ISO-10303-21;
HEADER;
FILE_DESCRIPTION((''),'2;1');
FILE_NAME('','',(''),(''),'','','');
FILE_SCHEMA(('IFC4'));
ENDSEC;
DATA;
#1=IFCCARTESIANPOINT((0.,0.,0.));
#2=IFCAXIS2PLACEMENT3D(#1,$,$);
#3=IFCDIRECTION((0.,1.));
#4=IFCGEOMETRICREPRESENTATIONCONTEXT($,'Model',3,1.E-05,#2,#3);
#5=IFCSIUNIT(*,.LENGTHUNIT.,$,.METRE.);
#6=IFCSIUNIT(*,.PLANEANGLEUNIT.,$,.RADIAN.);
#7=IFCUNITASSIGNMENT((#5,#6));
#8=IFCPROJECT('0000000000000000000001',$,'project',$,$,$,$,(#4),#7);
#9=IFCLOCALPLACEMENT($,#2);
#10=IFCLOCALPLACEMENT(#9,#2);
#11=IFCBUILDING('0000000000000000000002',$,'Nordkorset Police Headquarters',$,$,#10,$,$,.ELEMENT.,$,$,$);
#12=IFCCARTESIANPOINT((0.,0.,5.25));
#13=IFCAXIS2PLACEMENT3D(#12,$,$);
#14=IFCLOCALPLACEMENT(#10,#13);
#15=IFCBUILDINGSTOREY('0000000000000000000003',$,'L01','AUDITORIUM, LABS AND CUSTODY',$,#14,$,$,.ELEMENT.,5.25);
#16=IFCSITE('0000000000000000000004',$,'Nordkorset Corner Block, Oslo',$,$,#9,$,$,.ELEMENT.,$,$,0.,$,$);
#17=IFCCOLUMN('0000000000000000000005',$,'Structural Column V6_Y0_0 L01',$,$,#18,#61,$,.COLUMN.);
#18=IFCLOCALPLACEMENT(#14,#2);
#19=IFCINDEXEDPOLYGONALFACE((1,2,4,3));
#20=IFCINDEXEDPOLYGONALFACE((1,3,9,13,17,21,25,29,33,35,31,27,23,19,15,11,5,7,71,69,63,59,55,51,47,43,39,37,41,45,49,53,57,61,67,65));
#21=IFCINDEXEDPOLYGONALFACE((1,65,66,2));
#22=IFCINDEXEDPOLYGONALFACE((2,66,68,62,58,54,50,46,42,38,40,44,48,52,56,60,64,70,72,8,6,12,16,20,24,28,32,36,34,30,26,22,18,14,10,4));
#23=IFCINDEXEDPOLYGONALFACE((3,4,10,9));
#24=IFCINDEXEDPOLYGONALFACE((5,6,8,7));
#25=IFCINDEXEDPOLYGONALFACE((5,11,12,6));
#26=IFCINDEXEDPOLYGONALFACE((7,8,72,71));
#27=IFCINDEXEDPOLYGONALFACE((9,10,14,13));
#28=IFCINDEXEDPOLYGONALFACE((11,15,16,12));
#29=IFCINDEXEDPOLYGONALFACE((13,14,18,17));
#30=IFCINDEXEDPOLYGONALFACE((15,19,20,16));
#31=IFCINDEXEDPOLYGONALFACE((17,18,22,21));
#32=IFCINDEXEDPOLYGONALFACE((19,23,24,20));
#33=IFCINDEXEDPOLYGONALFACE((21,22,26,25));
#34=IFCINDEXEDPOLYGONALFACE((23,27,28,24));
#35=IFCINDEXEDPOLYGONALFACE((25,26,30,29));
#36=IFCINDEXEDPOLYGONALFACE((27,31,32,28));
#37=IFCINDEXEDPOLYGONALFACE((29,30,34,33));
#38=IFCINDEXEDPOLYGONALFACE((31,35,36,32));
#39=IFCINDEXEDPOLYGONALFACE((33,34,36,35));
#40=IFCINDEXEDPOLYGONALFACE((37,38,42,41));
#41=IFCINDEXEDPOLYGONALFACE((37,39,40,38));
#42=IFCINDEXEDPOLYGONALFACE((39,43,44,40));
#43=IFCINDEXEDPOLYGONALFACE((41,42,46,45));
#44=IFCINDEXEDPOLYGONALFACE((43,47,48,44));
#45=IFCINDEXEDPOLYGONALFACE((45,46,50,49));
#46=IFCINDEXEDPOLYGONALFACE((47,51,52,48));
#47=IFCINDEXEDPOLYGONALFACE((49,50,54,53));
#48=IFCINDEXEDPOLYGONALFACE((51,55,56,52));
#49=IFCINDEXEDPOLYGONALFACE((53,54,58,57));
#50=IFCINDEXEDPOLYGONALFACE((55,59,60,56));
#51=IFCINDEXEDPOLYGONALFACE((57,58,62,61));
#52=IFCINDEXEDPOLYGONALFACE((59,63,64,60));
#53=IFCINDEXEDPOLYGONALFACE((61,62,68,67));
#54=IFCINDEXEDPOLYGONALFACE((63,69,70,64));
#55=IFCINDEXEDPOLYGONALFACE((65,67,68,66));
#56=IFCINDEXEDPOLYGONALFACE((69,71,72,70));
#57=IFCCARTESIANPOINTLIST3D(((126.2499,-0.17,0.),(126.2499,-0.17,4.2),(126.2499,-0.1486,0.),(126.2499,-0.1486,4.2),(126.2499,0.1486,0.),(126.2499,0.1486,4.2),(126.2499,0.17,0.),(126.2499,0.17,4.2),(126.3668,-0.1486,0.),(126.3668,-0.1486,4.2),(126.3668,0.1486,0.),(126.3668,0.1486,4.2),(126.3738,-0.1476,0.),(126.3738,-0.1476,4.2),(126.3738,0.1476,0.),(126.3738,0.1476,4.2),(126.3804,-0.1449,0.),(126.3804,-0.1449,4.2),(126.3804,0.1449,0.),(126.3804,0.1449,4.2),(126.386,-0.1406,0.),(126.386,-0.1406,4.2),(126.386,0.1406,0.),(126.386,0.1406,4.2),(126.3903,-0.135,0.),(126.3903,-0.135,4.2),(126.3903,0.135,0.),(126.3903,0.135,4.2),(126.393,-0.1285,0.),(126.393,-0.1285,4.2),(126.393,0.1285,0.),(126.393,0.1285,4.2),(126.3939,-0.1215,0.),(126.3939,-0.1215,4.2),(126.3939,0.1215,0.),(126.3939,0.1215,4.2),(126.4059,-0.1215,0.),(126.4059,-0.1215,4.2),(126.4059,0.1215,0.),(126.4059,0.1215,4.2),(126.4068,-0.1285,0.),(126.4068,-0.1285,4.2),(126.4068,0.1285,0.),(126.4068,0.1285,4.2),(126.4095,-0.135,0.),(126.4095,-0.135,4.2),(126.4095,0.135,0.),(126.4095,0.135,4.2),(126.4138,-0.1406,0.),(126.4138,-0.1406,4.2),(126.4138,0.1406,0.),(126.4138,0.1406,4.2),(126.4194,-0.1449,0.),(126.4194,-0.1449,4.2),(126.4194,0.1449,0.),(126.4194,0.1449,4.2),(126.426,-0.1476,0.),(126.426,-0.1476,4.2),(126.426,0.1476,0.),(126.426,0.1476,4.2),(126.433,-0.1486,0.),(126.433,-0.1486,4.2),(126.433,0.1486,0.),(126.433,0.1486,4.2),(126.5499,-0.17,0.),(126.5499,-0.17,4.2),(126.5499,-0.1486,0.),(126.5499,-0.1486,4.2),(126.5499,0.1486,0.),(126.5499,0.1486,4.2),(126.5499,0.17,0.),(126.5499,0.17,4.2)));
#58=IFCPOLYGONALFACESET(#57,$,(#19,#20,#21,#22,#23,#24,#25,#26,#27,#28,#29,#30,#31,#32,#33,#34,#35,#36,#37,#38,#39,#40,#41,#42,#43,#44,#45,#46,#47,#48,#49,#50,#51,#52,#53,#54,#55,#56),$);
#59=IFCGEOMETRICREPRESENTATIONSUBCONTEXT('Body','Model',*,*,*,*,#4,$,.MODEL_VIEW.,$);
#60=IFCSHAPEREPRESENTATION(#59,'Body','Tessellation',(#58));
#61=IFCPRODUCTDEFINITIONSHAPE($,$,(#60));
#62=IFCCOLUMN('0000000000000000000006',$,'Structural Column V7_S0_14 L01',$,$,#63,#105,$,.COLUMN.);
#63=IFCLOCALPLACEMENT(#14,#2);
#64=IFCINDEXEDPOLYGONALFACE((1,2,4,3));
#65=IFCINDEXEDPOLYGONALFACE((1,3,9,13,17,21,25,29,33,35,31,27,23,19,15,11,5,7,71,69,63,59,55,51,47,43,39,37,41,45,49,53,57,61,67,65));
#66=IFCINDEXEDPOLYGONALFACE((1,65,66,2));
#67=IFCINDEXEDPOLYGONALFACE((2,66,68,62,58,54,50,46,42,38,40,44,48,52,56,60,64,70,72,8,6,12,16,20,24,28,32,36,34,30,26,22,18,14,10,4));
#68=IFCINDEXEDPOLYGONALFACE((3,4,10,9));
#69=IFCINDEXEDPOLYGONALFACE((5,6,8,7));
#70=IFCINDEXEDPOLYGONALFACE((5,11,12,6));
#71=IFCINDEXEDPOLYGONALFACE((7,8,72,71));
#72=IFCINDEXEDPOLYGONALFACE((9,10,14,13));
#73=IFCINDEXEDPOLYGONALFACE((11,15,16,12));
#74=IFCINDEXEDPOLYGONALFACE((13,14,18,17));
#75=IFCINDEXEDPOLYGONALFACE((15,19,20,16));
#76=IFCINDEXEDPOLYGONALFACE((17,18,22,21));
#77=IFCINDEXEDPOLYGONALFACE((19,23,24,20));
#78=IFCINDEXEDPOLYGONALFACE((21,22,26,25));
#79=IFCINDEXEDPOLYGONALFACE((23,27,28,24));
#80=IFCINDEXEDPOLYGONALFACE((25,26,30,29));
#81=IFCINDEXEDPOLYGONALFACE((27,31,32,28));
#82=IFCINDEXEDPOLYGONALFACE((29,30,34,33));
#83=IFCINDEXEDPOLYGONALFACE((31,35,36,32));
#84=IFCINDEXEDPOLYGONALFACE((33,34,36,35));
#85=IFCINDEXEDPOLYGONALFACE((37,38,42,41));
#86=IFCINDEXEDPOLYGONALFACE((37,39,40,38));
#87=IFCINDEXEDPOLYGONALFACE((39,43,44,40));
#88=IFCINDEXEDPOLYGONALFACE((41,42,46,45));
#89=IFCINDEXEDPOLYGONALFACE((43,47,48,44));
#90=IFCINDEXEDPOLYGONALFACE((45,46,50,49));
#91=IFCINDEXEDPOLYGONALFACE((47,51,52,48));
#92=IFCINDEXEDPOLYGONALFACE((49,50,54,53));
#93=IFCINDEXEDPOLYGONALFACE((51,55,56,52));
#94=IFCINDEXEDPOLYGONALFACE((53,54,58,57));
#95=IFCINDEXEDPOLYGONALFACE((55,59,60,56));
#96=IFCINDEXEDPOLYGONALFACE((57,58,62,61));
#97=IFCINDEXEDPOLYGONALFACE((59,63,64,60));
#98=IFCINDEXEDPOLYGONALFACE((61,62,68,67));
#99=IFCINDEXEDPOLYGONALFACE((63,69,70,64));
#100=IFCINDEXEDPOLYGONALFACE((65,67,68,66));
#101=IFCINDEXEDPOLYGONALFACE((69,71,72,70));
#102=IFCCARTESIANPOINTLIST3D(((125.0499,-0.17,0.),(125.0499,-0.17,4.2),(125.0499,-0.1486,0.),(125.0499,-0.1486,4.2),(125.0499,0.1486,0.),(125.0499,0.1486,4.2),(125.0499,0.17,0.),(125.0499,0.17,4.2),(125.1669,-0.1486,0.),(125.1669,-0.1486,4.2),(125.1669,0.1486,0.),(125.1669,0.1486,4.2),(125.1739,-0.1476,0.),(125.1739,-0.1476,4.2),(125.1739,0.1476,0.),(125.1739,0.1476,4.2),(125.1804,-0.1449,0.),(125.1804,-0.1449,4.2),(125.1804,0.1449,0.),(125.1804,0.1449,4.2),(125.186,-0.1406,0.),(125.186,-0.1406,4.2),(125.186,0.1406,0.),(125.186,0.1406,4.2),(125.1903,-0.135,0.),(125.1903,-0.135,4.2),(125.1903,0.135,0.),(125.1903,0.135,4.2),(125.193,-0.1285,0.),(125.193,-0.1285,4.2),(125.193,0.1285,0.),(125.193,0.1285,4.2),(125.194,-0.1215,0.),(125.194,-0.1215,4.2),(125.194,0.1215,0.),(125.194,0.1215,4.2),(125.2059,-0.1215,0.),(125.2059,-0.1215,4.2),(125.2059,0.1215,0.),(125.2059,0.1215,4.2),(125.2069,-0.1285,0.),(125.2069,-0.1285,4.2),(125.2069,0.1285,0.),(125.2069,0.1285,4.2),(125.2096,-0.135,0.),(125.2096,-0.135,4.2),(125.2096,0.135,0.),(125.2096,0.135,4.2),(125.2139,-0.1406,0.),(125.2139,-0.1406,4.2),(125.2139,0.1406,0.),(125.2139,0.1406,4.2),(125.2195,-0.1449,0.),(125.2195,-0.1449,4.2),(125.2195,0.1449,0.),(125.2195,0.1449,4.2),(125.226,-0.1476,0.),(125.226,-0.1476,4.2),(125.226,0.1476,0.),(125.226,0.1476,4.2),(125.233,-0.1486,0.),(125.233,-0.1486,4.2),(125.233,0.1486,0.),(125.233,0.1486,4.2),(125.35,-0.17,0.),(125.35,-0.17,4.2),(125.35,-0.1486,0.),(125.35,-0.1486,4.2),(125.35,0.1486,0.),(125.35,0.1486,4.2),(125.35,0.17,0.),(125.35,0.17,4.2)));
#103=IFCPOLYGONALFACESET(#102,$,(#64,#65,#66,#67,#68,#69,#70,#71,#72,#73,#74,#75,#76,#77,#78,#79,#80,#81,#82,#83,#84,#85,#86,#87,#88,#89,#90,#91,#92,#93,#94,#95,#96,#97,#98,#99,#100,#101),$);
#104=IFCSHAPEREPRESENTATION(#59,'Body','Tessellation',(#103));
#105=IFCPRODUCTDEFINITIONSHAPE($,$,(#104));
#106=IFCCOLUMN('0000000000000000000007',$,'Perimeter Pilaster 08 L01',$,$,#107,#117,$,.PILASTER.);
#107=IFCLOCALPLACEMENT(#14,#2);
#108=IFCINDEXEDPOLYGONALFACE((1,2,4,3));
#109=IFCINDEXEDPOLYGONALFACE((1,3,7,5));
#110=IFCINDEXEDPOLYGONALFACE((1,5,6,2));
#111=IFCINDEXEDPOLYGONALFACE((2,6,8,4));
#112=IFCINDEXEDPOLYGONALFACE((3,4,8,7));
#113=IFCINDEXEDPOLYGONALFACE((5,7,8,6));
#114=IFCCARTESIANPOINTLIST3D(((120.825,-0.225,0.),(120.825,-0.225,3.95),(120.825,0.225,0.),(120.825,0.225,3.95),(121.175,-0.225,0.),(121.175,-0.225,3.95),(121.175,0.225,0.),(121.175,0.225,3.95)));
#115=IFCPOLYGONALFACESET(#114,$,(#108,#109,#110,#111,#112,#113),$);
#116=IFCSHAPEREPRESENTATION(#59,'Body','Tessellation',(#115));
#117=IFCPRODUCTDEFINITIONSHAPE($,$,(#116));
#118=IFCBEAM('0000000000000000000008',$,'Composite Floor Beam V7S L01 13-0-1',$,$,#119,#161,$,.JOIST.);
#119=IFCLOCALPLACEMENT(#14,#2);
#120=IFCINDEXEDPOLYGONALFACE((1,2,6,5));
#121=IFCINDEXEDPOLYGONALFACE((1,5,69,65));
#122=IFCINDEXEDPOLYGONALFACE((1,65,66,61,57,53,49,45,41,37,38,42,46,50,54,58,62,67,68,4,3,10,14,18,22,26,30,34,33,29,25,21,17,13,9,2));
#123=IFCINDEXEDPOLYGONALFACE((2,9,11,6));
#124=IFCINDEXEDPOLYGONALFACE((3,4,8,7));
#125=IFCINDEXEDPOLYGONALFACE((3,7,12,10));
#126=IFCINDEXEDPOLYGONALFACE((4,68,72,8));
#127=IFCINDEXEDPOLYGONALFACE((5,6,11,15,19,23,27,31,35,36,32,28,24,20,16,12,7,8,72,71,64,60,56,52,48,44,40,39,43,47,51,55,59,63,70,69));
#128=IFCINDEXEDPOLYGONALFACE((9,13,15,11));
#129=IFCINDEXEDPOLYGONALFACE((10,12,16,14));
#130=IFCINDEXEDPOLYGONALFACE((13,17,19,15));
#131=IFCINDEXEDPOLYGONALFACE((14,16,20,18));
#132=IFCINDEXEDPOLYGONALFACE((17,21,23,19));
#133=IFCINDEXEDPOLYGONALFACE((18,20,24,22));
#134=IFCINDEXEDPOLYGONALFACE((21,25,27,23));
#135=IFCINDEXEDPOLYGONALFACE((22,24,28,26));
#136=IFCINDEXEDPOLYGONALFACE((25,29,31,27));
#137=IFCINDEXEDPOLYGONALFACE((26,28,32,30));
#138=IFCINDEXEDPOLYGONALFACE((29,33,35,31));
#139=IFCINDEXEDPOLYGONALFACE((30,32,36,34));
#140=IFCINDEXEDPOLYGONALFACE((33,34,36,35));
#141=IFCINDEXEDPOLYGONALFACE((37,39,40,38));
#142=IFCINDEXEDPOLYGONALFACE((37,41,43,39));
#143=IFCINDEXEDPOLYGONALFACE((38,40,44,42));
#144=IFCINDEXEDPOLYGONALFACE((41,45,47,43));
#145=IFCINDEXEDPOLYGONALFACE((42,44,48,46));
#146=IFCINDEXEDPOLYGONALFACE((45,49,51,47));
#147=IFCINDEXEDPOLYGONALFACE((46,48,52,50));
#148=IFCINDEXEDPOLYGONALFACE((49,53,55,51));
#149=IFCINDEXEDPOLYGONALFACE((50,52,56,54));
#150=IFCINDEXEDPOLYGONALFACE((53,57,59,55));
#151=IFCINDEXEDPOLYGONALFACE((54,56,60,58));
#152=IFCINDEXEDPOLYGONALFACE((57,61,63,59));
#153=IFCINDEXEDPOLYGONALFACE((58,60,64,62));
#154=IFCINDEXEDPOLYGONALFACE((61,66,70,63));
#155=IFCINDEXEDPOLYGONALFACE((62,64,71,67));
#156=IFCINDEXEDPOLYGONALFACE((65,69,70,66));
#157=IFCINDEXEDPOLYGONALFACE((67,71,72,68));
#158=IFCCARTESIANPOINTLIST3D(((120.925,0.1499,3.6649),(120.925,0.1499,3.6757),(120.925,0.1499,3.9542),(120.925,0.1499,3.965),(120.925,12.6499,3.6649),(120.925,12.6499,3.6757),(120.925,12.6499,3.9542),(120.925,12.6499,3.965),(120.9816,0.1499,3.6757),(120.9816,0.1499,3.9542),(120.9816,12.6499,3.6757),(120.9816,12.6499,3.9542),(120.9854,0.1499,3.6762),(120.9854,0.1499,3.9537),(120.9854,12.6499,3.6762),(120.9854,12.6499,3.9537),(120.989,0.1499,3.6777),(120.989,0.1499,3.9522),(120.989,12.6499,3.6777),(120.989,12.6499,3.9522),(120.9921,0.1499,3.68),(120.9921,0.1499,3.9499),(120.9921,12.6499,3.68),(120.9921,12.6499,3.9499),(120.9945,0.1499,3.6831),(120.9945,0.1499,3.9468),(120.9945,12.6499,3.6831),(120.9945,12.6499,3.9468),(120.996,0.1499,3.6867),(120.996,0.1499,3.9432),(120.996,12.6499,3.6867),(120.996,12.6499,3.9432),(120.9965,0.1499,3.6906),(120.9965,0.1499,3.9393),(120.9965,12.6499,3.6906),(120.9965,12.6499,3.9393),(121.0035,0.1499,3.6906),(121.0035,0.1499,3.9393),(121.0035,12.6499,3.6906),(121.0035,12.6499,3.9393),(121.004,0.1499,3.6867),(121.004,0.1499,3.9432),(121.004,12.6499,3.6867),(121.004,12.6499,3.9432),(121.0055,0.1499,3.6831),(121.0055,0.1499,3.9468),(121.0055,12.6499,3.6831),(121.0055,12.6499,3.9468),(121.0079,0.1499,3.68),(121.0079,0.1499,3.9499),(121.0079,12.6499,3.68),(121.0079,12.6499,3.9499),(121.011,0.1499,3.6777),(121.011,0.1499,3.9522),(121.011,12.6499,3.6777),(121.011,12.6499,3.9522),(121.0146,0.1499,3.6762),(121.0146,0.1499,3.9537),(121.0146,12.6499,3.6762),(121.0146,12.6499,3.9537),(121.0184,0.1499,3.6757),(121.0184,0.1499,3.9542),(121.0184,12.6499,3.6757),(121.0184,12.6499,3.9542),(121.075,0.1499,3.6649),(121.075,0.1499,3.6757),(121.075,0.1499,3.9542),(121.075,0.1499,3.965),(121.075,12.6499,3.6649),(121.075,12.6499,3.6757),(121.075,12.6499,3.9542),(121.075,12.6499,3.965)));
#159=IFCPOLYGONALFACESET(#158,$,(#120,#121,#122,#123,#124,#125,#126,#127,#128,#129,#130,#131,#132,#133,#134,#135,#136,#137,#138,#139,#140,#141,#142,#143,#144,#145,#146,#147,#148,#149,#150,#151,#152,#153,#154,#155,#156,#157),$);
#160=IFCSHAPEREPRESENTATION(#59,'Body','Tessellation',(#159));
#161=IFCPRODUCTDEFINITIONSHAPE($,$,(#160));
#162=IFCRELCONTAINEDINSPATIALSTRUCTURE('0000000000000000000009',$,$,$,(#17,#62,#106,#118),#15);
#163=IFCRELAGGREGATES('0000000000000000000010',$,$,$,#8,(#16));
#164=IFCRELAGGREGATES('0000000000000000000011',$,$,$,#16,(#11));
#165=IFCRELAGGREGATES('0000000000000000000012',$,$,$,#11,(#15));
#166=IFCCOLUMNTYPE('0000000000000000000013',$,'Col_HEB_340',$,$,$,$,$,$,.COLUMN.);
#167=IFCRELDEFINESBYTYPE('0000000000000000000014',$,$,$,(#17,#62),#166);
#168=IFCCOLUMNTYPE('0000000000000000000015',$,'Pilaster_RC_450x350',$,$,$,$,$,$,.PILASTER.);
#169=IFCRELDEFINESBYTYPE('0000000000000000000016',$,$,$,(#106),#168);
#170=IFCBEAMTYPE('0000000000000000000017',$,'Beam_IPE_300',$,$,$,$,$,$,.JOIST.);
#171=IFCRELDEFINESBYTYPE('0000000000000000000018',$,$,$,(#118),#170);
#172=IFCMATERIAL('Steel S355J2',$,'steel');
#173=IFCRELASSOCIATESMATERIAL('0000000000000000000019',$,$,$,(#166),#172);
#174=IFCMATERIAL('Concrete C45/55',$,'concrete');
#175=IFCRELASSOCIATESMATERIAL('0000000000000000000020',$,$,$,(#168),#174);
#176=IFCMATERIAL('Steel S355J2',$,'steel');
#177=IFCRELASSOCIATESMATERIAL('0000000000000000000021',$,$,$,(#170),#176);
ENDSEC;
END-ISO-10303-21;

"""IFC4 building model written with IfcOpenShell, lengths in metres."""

from ifc_helpers import new_model, si_unit, direction, frame, origin, origin_2d, place, context, subcontext, project, spatial, rectangle, i_section, extrude, material, material_profile, profile_set, type_object, element, save


model = new_model("IFC4")

# Units and contexts
model_context = context("Model", 3, precision=1e-05, world=origin(), true_north=direction((0.0, 1.0)))
body_context = subcontext(model_context, "Body", "Model", "MODEL_VIEW")
ifc_project = project(units=[si_unit("LENGTHUNIT", "METRE"), si_unit("PLANEANGLEUNIT", "RADIAN")], contexts=[model_context])

# Site, building, storey
site_placement = place(None, origin())
site = spatial("IfcSite", under=ifc_project, at=site_placement, Name="Nordkorset Corner Block, Oslo", CompositionType="ELEMENT", RefElevation=0.0)
building_placement = place(site_placement, origin())
building = spatial("IfcBuilding", under=site, at=building_placement, Name="Nordkorset Police Headquarters", CompositionType="ELEMENT")
storey_placement = place(building_placement, frame((0.0, 0.0, 5.25)))
storey = spatial("IfcBuildingStorey", under=building, at=storey_placement, Name="L01", Description="AUDITORIUM, LABS AND CUSTODY", CompositionType="ELEMENT", Elevation=5.25)

# Columns
ifc_material_1 = material(Name="Steel S355J2", Category="steel")
ifc_material_profile_1 = material_profile(ifc_material_1, i_section(OverallWidth=0.3, OverallDepth=0.3401, WebThickness=0.012, FlangeThickness=0.0215, FilletRadius=0.0271, at=origin_2d()), Name="HEB 340")
ifc_profile_set_1 = profile_set([ifc_material_profile_1], Name="Steel S355J2")
column_type_1 = type_object("IfcColumnType", Name="Col_HEB_340", PredefinedType="COLUMN", material=ifc_profile_set_1)
for number, where, z_axis, x_axis, name in (
    (1, (126.3999, 0.0, 0.0), (0.0, 0.0, 1.0), (1.0, 0.0, 0.0), "Structural Column V6_Y0_0 L01"),
    (2, (125.2, 0.0, 0.0), (0.0, 0.0, 1.0), (1.0, 0.0, 0.0), "Structural Column V7_S0_14 L01"),
):
    element("IfcColumn", number, at=place(storey_placement, frame(where, z_axis=z_axis, x_axis=x_axis)), inside=storey, type_object=column_type_1, Name=name, PredefinedType="COLUMN", context=body_context, shape_type="SweptSolid", body=[
        extrude(i_section(OverallWidth=0.3, OverallDepth=0.3401, WebThickness=0.012, FlangeThickness=0.0215, FilletRadius=0.0271, at=origin_2d()), origin(), (0.0, 0.0, 1.0), 4.2),
    ])
ifc_material_2 = material(Name="Concrete C45/55", Category="concrete")
ifc_material_profile_2 = material_profile(ifc_material_2, rectangle(XDim=0.3501, YDim=0.45, at=origin_2d()), Name="RC 450x350")
ifc_profile_set_2 = profile_set([ifc_material_profile_2], Name="Concrete C45/55")
column_type_2 = type_object("IfcColumnType", Name="Pilaster_RC_450x350", PredefinedType="PILASTER", material=ifc_profile_set_2)
column_placement = place(storey_placement, frame((121.0, 0.0, 0.0), z_axis=(0.0, 0.0, 1.0), x_axis=(1.0, 0.0, 0.0)))
element("IfcColumn", 3, at=column_placement, inside=storey, type_object=column_type_2, Name="Perimeter Pilaster 08 L01", PredefinedType="PILASTER", context=body_context, shape_type="SweptSolid", body=[
    extrude(rectangle(XDim=0.3501, YDim=0.45, at=origin_2d()), origin(), (0.0, 0.0, 1.0), 3.95),
])

# Beam
ifc_material_3 = material(Name="Steel S355J2", Category="steel")
ifc_material_profile_3 = material_profile(ifc_material_3, i_section(OverallWidth=0.1499, OverallDepth=0.3, WebThickness=0.0071, FlangeThickness=0.0107, FilletRadius=0.0149, at=origin_2d()), Name="IPE 300")
ifc_profile_set_3 = profile_set([ifc_material_profile_3], Name="Steel S355J2")
beam_type_1 = type_object("IfcBeamType", Name="Beam_IPE_300", PredefinedType="JOIST", material=ifc_profile_set_3)
beam_1_placement = place(storey_placement, frame((121.0, 0.1499, 3.8149), z_axis=(0.0, 1.0, 0.0), x_axis=(-1.0, 0.0, 0.0)))
element("IfcBeam", 4, at=beam_1_placement, inside=storey, type_object=beam_type_1, Name="Composite Floor Beam V7S L01 13-0-1", PredefinedType="JOIST", context=body_context, shape_type="SweptSolid", body=[
    extrude(i_section(OverallWidth=0.1499, OverallDepth=0.3, WebThickness=0.0071, FlangeThickness=0.0107, FilletRadius=0.0149, at=origin_2d()), origin(), (0.0, 0.0, 1.0), 12.5),
])

save(model, "model.ifc")
